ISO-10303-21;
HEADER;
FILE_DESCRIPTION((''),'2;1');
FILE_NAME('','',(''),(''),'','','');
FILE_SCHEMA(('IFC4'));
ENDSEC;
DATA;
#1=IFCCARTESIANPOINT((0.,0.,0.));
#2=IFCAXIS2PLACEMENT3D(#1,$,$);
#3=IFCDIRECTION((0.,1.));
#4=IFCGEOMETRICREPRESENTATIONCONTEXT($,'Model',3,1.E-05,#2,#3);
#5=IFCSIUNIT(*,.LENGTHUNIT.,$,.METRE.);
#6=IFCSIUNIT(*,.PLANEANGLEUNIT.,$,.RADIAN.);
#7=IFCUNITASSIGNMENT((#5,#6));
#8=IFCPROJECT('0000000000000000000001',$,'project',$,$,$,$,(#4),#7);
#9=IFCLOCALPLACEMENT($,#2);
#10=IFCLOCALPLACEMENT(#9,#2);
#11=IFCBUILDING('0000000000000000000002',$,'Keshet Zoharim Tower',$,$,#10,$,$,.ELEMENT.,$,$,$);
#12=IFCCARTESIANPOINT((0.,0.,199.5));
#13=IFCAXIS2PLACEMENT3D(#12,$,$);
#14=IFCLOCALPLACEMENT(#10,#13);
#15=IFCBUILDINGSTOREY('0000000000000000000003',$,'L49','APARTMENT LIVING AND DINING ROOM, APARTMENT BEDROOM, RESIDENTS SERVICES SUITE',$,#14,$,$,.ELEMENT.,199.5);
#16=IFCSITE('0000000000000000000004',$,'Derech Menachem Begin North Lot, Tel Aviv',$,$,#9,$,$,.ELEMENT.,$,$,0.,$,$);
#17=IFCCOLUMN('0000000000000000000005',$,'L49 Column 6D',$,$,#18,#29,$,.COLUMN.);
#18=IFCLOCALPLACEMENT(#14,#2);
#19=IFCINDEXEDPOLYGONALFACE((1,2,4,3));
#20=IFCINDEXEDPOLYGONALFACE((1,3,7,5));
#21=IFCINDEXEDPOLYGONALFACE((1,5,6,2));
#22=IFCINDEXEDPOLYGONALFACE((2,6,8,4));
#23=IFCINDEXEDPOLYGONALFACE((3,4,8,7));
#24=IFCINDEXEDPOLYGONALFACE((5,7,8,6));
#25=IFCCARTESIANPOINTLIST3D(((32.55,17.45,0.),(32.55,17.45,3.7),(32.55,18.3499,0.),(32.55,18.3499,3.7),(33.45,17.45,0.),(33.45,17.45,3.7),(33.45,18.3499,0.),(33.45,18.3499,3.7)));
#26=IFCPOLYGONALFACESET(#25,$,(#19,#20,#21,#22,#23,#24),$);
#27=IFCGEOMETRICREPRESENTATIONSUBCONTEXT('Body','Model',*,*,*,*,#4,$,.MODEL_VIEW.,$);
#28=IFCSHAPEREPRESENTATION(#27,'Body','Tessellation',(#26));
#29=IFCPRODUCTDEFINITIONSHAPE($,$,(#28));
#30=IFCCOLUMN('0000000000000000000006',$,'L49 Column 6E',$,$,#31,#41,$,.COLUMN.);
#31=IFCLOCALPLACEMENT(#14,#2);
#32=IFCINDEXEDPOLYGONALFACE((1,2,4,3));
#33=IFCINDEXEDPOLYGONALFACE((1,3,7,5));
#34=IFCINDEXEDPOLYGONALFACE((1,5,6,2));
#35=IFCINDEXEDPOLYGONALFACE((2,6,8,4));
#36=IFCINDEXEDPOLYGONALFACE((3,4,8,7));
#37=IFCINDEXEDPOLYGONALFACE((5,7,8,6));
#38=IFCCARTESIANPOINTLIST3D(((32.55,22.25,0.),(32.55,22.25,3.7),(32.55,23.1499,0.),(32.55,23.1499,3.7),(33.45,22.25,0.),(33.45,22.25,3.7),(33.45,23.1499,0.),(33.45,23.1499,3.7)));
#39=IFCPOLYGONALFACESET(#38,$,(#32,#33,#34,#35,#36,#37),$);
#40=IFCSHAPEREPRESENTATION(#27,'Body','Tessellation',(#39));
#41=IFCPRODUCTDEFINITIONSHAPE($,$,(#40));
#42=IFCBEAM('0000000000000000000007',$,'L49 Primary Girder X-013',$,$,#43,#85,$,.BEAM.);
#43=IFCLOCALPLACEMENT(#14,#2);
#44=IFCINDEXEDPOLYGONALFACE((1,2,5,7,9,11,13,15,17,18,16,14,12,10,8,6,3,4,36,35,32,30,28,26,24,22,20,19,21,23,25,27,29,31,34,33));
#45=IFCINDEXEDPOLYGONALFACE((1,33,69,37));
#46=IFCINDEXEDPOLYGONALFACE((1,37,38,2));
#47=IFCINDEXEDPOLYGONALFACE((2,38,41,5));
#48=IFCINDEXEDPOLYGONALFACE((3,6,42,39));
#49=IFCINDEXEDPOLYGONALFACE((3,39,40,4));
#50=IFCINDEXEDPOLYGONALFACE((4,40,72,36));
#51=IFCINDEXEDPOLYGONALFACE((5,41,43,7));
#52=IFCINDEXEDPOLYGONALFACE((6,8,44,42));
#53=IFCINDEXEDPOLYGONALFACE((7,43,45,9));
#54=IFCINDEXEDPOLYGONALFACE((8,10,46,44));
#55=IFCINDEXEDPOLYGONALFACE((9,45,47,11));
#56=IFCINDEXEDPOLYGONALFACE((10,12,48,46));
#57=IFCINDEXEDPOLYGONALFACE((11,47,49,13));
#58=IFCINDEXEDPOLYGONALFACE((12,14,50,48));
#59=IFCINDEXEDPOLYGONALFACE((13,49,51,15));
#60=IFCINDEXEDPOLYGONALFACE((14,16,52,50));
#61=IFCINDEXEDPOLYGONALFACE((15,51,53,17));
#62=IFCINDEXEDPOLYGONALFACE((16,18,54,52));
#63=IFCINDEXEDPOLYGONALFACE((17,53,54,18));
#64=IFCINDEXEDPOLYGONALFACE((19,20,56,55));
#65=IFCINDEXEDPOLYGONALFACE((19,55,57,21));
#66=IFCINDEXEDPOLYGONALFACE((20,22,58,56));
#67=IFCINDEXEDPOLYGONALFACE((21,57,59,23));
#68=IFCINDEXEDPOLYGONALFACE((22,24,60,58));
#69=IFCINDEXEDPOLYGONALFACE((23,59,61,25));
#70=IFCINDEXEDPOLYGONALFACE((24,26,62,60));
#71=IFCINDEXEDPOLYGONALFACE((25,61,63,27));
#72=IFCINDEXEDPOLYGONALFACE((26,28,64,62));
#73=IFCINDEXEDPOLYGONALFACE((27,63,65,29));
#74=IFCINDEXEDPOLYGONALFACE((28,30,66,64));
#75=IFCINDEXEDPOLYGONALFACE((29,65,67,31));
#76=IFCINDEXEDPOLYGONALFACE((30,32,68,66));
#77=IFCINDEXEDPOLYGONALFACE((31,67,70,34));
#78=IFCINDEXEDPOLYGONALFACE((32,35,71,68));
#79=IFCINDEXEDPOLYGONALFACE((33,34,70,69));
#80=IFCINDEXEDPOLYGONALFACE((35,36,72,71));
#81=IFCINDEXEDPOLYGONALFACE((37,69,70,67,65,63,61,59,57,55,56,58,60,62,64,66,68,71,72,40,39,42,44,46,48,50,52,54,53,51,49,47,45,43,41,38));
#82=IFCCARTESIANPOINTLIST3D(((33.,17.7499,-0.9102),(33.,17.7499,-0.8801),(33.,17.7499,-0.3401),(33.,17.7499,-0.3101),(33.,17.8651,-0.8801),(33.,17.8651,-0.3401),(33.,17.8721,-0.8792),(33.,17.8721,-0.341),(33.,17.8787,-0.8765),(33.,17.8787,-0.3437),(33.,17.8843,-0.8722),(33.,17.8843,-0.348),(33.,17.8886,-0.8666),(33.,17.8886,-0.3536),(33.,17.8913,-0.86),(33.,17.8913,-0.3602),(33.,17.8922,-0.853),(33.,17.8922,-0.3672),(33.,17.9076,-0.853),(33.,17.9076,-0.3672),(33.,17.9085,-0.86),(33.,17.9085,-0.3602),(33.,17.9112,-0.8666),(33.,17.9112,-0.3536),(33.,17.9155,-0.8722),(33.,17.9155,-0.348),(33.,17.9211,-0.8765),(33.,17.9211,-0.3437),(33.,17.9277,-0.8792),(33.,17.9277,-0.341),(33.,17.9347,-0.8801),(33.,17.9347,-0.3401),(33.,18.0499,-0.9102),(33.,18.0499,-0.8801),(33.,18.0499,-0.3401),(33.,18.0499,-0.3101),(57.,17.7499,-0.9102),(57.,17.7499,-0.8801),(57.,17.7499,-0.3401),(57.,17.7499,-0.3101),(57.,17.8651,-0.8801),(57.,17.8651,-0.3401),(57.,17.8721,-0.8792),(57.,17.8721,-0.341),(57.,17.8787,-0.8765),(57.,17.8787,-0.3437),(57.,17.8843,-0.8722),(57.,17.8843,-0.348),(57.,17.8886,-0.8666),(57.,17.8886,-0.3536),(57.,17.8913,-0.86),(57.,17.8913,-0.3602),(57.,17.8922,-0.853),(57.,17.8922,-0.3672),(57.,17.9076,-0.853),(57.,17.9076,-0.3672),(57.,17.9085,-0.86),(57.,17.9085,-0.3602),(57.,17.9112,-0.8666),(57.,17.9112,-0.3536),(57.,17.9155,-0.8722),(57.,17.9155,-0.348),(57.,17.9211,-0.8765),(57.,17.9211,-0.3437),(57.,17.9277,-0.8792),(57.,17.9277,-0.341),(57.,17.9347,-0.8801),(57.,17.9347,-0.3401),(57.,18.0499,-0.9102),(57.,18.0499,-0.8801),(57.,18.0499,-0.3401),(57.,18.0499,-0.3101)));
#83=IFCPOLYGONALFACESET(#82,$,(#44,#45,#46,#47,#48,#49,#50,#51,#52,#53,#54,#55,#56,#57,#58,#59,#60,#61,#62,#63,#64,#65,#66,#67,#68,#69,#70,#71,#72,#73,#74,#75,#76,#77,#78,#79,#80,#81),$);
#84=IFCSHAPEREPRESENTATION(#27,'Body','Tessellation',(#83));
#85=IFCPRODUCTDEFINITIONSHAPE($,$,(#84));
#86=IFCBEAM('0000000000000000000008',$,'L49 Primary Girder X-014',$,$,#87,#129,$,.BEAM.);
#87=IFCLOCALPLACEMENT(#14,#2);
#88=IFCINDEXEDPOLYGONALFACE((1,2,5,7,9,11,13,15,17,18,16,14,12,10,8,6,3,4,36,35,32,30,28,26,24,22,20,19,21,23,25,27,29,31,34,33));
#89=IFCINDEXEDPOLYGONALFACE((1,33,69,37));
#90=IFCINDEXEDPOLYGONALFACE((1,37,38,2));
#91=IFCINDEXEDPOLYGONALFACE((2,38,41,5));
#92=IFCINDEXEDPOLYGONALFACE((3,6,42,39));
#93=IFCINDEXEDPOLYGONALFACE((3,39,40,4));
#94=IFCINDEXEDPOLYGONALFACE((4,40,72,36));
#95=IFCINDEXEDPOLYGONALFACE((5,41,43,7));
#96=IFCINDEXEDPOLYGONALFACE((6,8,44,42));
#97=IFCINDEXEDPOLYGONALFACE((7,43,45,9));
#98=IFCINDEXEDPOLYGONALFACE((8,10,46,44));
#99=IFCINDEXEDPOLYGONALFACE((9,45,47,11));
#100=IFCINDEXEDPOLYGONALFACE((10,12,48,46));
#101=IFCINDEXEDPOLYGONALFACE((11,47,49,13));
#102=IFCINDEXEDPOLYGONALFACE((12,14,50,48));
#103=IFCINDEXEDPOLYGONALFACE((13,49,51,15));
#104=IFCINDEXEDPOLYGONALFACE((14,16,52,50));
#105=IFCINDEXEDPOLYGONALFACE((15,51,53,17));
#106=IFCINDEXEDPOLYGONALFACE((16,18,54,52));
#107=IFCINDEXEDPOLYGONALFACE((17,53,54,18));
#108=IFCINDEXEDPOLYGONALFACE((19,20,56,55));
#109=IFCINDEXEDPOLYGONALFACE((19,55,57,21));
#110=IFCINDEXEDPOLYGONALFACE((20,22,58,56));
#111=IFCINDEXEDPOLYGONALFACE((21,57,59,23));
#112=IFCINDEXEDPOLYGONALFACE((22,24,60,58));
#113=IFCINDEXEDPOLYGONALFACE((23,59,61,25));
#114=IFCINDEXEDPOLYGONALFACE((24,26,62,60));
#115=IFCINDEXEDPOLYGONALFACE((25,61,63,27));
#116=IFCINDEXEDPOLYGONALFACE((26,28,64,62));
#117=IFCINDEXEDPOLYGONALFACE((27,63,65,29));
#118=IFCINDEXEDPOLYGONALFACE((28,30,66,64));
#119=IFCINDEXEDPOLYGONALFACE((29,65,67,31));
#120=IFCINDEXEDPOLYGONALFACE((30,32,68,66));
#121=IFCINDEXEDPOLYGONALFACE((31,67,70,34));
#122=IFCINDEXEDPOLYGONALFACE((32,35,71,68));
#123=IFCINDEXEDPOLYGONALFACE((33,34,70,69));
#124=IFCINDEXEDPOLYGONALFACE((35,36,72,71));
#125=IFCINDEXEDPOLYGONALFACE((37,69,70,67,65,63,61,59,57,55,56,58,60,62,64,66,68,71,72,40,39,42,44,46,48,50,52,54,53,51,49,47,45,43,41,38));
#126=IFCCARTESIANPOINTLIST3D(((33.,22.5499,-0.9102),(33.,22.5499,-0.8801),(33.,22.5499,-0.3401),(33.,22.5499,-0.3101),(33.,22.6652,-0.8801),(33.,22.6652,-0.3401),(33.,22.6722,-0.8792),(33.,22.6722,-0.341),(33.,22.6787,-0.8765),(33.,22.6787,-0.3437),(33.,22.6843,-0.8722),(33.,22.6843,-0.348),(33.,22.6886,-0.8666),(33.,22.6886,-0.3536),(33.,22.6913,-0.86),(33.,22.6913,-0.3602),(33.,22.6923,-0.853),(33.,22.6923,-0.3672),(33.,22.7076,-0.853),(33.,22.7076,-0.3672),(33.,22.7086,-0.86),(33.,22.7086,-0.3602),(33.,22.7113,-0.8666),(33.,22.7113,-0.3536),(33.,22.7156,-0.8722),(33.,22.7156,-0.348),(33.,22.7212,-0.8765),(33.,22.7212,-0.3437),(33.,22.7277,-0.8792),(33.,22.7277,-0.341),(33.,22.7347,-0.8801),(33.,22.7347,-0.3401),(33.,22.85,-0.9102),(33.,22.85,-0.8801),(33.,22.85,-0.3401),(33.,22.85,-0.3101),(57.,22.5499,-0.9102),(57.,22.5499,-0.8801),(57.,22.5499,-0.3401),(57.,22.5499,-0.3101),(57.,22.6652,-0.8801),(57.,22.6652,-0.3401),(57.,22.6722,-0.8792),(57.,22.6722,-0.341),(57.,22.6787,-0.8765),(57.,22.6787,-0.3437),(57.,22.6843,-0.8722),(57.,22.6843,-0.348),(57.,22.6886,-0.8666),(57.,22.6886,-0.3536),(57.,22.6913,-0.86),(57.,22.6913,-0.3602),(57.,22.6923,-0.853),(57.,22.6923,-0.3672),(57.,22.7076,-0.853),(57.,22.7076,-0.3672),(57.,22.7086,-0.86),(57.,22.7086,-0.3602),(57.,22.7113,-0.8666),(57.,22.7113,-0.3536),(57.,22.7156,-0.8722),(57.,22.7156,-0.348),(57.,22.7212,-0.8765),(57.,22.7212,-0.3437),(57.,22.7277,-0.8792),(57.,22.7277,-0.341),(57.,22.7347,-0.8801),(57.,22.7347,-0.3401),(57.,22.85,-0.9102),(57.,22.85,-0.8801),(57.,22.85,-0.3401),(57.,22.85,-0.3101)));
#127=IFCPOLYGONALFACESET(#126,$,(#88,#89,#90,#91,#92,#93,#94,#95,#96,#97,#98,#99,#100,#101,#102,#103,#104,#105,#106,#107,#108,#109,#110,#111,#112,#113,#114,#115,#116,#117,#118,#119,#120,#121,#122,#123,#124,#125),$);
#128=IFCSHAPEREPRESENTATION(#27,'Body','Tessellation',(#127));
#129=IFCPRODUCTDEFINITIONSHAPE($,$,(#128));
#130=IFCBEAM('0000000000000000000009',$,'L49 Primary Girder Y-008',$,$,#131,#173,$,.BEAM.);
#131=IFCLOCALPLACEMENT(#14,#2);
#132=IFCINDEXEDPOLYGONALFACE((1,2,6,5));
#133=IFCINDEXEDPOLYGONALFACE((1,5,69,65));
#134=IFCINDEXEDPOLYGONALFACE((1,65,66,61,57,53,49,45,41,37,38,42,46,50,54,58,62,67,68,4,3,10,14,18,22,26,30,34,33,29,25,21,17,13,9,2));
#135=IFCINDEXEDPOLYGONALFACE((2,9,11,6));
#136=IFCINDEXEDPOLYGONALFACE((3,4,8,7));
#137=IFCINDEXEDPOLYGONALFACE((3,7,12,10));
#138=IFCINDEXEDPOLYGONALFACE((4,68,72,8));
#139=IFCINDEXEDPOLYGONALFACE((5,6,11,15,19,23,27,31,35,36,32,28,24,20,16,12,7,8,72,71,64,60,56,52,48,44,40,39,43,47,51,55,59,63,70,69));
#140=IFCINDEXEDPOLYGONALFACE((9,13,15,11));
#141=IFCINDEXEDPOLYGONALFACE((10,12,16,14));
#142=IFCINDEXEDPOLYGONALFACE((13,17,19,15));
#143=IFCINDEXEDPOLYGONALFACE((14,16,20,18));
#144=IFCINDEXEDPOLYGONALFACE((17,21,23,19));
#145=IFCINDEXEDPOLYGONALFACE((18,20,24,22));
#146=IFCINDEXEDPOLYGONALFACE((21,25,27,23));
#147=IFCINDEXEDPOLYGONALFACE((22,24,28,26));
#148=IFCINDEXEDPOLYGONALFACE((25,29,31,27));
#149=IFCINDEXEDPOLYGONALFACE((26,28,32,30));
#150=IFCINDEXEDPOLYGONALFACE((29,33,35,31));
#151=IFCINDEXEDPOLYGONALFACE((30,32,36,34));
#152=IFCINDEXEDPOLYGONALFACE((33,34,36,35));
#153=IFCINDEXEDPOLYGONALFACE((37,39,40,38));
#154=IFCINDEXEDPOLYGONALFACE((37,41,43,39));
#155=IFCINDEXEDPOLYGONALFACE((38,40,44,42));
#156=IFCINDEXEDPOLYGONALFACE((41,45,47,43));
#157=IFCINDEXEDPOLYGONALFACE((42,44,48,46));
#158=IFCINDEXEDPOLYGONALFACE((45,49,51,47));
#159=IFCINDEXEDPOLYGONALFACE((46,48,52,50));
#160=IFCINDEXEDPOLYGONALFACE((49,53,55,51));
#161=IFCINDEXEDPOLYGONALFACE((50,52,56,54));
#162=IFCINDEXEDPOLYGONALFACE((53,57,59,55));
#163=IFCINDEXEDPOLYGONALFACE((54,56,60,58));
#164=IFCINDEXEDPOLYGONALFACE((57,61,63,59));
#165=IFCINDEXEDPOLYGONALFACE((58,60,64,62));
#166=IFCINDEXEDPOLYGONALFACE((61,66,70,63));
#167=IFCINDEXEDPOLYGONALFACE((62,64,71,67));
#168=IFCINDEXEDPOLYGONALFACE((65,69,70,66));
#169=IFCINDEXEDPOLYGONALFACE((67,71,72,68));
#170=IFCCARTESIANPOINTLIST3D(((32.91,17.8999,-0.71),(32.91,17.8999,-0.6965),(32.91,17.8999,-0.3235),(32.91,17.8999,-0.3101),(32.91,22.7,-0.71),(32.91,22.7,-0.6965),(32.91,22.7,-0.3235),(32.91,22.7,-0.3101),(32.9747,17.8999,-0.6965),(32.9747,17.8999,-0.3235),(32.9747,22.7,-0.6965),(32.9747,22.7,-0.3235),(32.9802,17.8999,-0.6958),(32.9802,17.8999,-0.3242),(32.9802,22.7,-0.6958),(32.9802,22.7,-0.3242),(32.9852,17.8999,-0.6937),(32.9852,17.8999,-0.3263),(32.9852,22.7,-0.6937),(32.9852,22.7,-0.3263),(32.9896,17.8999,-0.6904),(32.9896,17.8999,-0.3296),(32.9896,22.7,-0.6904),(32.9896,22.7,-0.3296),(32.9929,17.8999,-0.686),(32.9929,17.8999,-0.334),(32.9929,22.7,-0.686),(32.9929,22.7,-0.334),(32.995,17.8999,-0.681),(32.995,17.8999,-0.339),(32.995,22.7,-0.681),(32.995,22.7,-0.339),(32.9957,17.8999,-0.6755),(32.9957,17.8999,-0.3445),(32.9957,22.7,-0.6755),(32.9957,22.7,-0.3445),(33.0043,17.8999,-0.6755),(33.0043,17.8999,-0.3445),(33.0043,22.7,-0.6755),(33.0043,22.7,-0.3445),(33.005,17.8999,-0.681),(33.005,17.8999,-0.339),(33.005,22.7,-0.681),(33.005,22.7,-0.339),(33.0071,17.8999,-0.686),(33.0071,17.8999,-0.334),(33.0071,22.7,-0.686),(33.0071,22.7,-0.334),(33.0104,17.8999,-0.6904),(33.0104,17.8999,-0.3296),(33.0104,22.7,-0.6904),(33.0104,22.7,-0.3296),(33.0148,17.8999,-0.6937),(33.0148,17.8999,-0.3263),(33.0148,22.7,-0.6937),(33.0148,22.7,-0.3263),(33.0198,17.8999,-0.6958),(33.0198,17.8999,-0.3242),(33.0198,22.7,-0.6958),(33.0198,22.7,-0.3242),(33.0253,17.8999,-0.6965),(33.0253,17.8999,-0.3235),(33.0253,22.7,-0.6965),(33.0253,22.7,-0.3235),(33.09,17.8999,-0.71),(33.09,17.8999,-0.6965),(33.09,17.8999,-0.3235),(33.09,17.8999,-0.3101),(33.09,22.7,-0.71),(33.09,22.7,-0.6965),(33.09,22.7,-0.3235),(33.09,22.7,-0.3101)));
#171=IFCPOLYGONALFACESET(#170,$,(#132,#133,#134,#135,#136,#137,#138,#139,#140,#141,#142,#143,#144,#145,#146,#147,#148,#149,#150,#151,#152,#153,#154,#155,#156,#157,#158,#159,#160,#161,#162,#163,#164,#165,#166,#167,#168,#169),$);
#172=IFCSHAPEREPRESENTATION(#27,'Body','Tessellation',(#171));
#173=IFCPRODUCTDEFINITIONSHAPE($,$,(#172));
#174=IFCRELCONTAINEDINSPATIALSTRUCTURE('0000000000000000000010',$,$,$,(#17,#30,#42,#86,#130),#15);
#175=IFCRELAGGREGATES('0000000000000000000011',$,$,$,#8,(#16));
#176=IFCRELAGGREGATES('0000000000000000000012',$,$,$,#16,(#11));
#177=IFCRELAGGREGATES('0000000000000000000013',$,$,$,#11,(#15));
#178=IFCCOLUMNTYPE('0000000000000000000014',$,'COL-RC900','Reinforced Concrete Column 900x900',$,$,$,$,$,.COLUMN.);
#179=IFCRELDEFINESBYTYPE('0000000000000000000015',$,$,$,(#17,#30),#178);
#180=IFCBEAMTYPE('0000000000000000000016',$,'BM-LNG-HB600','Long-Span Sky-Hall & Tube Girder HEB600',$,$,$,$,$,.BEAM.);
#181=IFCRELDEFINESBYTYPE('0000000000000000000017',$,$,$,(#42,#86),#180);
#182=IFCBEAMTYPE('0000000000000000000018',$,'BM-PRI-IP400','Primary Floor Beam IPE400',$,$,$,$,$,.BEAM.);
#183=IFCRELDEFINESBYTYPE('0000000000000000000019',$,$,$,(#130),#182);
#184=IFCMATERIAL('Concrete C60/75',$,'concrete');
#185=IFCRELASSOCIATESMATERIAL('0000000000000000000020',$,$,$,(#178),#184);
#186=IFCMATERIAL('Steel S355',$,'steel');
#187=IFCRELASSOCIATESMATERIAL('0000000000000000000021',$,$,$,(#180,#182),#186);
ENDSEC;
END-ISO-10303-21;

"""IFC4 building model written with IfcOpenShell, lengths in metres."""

from ifc_helpers import new_model, si_unit, direction, frame, origin, origin_2d, place, context, subcontext, project, spatial, rectangle, i_section, extrude, material, material_profile, profile_set, type_object, element, save


model = new_model("IFC4")

# Units and contexts
model_context = context("Model", 3, precision=1e-05, world=origin(), true_north=direction((0.0, 1.0)))
body_context = subcontext(model_context, "Body", "Model", "MODEL_VIEW")
ifc_project = project(units=[si_unit("LENGTHUNIT", "METRE"), si_unit("PLANEANGLEUNIT", "RADIAN")], contexts=[model_context])

# Site, building, storey
site_placement = place(None, origin())
site = spatial("IfcSite", under=ifc_project, at=site_placement, Name="Derech Menachem Begin North Lot, Tel Aviv", CompositionType="ELEMENT", RefElevation=0.0)
building_placement = place(site_placement, origin())
building = spatial("IfcBuilding", under=site, at=building_placement, Name="Keshet Zoharim Tower", CompositionType="ELEMENT")
storey_placement = place(building_placement, frame((0.0, 0.0, 199.5)))
storey = spatial("IfcBuildingStorey", under=building, at=storey_placement, Name="L49", Description="APARTMENT LIVING AND DINING ROOM, APARTMENT BEDROOM, RESIDENTS SERVICES SUITE", CompositionType="ELEMENT", Elevation=199.5)

# Columns
ifc_material_1 = material(Name="Concrete C60/75", Category="concrete")
ifc_material_profile_1 = material_profile(ifc_material_1, rectangle(XDim=0.8999, YDim=0.8999, at=origin_2d()), Name="RC900x900")
ifc_profile_set_1 = profile_set([ifc_material_profile_1], Name="Concrete C60/75")
column_type = type_object("IfcColumnType", Name="COL-RC900", Description="Reinforced Concrete Column 900x900", PredefinedType="COLUMN", material=ifc_profile_set_1)
for number, where, z_axis, x_axis, name in (
    (1, (33.0, 17.8999, 0.0), (0.0, 0.0, 1.0), (1.0, 0.0, 0.0), "L49 Column 6D"),
    (2, (33.0, 22.7, 0.0), (0.0, 0.0, 1.0), (1.0, 0.0, 0.0), "L49 Column 6E"),
):
    element("IfcColumn", number, at=place(storey_placement, frame(where, z_axis=z_axis, x_axis=x_axis)), inside=storey, type_object=column_type, Name=name, PredefinedType="COLUMN", context=body_context, shape_type="SweptSolid", body=[
        extrude(rectangle(XDim=0.8999, YDim=0.8999, at=origin_2d()), origin(), (0.0, 0.0, 1.0), 3.7),
    ])

# Beams
ifc_material_2 = material(Name="Steel S355", Category="steel")
ifc_material_profile_2 = material_profile(ifc_material_2, i_section(OverallWidth=0.3, OverallDepth=0.6001, WebThickness=0.0154, FlangeThickness=0.03, FilletRadius=0.0271, at=origin_2d()), Name="HEB600")
ifc_profile_set_2 = profile_set([ifc_material_profile_2], Name="Steel S355")
beam_type_1 = type_object("IfcBeamType", Name="BM-LNG-HB600", Description="Long-Span Sky-Hall & Tube Girder HEB600", PredefinedType="BEAM", material=ifc_profile_set_2)
for number, where, z_axis, x_axis, name in (
    (3, (33.0, 17.8999, -0.6101), (1.0, 0.0, 0.0), (0.0, 1.0, 0.0), "L49 Primary Girder X-013"),
    (4, (33.0, 22.7, -0.6101), (1.0, 0.0, 0.0), (0.0, 1.0, 0.0), "L49 Primary Girder X-014"),
):
    element("IfcBeam", number, at=place(storey_placement, frame(where, z_axis=z_axis, x_axis=x_axis)), inside=storey, type_object=beam_type_1, Name=name, PredefinedType="BEAM", context=body_context, shape_type="SweptSolid", body=[
        extrude(i_section(OverallWidth=0.3, OverallDepth=0.6001, WebThickness=0.0154, FlangeThickness=0.03, FilletRadius=0.0271, at=origin_2d()), origin(), (0.0, 0.0, 1.0), 24.0),
    ])
ifc_material_profile_3 = material_profile(ifc_material_2, i_section(OverallWidth=0.1799, OverallDepth=0.3999, WebThickness=0.0085, FlangeThickness=0.0134, FilletRadius=0.021, at=origin_2d()), Name="IPE400")
ifc_profile_set_3 = profile_set([ifc_material_profile_3], Name="Steel S355")
beam_type_2 = type_object("IfcBeamType", Name="BM-PRI-IP400", Description="Primary Floor Beam IPE400", PredefinedType="BEAM", material=ifc_profile_set_3)
beam_placement = place(storey_placement, frame((33.0, 17.8999, -0.51), z_axis=(0.0, 1.0, 0.0), x_axis=(-1.0, 0.0, 0.0)))
element("IfcBeam", 5, at=beam_placement, inside=storey, type_object=beam_type_2, Name="L49 Primary Girder Y-008", PredefinedType="BEAM", context=body_context, shape_type="SweptSolid", body=[
    extrude(i_section(OverallWidth=0.1799, OverallDepth=0.3999, WebThickness=0.0085, FlangeThickness=0.0134, FilletRadius=0.021, at=origin_2d()), origin(), (0.0, 0.0, 1.0), 4.8),
])

save(model, "model.ifc")
